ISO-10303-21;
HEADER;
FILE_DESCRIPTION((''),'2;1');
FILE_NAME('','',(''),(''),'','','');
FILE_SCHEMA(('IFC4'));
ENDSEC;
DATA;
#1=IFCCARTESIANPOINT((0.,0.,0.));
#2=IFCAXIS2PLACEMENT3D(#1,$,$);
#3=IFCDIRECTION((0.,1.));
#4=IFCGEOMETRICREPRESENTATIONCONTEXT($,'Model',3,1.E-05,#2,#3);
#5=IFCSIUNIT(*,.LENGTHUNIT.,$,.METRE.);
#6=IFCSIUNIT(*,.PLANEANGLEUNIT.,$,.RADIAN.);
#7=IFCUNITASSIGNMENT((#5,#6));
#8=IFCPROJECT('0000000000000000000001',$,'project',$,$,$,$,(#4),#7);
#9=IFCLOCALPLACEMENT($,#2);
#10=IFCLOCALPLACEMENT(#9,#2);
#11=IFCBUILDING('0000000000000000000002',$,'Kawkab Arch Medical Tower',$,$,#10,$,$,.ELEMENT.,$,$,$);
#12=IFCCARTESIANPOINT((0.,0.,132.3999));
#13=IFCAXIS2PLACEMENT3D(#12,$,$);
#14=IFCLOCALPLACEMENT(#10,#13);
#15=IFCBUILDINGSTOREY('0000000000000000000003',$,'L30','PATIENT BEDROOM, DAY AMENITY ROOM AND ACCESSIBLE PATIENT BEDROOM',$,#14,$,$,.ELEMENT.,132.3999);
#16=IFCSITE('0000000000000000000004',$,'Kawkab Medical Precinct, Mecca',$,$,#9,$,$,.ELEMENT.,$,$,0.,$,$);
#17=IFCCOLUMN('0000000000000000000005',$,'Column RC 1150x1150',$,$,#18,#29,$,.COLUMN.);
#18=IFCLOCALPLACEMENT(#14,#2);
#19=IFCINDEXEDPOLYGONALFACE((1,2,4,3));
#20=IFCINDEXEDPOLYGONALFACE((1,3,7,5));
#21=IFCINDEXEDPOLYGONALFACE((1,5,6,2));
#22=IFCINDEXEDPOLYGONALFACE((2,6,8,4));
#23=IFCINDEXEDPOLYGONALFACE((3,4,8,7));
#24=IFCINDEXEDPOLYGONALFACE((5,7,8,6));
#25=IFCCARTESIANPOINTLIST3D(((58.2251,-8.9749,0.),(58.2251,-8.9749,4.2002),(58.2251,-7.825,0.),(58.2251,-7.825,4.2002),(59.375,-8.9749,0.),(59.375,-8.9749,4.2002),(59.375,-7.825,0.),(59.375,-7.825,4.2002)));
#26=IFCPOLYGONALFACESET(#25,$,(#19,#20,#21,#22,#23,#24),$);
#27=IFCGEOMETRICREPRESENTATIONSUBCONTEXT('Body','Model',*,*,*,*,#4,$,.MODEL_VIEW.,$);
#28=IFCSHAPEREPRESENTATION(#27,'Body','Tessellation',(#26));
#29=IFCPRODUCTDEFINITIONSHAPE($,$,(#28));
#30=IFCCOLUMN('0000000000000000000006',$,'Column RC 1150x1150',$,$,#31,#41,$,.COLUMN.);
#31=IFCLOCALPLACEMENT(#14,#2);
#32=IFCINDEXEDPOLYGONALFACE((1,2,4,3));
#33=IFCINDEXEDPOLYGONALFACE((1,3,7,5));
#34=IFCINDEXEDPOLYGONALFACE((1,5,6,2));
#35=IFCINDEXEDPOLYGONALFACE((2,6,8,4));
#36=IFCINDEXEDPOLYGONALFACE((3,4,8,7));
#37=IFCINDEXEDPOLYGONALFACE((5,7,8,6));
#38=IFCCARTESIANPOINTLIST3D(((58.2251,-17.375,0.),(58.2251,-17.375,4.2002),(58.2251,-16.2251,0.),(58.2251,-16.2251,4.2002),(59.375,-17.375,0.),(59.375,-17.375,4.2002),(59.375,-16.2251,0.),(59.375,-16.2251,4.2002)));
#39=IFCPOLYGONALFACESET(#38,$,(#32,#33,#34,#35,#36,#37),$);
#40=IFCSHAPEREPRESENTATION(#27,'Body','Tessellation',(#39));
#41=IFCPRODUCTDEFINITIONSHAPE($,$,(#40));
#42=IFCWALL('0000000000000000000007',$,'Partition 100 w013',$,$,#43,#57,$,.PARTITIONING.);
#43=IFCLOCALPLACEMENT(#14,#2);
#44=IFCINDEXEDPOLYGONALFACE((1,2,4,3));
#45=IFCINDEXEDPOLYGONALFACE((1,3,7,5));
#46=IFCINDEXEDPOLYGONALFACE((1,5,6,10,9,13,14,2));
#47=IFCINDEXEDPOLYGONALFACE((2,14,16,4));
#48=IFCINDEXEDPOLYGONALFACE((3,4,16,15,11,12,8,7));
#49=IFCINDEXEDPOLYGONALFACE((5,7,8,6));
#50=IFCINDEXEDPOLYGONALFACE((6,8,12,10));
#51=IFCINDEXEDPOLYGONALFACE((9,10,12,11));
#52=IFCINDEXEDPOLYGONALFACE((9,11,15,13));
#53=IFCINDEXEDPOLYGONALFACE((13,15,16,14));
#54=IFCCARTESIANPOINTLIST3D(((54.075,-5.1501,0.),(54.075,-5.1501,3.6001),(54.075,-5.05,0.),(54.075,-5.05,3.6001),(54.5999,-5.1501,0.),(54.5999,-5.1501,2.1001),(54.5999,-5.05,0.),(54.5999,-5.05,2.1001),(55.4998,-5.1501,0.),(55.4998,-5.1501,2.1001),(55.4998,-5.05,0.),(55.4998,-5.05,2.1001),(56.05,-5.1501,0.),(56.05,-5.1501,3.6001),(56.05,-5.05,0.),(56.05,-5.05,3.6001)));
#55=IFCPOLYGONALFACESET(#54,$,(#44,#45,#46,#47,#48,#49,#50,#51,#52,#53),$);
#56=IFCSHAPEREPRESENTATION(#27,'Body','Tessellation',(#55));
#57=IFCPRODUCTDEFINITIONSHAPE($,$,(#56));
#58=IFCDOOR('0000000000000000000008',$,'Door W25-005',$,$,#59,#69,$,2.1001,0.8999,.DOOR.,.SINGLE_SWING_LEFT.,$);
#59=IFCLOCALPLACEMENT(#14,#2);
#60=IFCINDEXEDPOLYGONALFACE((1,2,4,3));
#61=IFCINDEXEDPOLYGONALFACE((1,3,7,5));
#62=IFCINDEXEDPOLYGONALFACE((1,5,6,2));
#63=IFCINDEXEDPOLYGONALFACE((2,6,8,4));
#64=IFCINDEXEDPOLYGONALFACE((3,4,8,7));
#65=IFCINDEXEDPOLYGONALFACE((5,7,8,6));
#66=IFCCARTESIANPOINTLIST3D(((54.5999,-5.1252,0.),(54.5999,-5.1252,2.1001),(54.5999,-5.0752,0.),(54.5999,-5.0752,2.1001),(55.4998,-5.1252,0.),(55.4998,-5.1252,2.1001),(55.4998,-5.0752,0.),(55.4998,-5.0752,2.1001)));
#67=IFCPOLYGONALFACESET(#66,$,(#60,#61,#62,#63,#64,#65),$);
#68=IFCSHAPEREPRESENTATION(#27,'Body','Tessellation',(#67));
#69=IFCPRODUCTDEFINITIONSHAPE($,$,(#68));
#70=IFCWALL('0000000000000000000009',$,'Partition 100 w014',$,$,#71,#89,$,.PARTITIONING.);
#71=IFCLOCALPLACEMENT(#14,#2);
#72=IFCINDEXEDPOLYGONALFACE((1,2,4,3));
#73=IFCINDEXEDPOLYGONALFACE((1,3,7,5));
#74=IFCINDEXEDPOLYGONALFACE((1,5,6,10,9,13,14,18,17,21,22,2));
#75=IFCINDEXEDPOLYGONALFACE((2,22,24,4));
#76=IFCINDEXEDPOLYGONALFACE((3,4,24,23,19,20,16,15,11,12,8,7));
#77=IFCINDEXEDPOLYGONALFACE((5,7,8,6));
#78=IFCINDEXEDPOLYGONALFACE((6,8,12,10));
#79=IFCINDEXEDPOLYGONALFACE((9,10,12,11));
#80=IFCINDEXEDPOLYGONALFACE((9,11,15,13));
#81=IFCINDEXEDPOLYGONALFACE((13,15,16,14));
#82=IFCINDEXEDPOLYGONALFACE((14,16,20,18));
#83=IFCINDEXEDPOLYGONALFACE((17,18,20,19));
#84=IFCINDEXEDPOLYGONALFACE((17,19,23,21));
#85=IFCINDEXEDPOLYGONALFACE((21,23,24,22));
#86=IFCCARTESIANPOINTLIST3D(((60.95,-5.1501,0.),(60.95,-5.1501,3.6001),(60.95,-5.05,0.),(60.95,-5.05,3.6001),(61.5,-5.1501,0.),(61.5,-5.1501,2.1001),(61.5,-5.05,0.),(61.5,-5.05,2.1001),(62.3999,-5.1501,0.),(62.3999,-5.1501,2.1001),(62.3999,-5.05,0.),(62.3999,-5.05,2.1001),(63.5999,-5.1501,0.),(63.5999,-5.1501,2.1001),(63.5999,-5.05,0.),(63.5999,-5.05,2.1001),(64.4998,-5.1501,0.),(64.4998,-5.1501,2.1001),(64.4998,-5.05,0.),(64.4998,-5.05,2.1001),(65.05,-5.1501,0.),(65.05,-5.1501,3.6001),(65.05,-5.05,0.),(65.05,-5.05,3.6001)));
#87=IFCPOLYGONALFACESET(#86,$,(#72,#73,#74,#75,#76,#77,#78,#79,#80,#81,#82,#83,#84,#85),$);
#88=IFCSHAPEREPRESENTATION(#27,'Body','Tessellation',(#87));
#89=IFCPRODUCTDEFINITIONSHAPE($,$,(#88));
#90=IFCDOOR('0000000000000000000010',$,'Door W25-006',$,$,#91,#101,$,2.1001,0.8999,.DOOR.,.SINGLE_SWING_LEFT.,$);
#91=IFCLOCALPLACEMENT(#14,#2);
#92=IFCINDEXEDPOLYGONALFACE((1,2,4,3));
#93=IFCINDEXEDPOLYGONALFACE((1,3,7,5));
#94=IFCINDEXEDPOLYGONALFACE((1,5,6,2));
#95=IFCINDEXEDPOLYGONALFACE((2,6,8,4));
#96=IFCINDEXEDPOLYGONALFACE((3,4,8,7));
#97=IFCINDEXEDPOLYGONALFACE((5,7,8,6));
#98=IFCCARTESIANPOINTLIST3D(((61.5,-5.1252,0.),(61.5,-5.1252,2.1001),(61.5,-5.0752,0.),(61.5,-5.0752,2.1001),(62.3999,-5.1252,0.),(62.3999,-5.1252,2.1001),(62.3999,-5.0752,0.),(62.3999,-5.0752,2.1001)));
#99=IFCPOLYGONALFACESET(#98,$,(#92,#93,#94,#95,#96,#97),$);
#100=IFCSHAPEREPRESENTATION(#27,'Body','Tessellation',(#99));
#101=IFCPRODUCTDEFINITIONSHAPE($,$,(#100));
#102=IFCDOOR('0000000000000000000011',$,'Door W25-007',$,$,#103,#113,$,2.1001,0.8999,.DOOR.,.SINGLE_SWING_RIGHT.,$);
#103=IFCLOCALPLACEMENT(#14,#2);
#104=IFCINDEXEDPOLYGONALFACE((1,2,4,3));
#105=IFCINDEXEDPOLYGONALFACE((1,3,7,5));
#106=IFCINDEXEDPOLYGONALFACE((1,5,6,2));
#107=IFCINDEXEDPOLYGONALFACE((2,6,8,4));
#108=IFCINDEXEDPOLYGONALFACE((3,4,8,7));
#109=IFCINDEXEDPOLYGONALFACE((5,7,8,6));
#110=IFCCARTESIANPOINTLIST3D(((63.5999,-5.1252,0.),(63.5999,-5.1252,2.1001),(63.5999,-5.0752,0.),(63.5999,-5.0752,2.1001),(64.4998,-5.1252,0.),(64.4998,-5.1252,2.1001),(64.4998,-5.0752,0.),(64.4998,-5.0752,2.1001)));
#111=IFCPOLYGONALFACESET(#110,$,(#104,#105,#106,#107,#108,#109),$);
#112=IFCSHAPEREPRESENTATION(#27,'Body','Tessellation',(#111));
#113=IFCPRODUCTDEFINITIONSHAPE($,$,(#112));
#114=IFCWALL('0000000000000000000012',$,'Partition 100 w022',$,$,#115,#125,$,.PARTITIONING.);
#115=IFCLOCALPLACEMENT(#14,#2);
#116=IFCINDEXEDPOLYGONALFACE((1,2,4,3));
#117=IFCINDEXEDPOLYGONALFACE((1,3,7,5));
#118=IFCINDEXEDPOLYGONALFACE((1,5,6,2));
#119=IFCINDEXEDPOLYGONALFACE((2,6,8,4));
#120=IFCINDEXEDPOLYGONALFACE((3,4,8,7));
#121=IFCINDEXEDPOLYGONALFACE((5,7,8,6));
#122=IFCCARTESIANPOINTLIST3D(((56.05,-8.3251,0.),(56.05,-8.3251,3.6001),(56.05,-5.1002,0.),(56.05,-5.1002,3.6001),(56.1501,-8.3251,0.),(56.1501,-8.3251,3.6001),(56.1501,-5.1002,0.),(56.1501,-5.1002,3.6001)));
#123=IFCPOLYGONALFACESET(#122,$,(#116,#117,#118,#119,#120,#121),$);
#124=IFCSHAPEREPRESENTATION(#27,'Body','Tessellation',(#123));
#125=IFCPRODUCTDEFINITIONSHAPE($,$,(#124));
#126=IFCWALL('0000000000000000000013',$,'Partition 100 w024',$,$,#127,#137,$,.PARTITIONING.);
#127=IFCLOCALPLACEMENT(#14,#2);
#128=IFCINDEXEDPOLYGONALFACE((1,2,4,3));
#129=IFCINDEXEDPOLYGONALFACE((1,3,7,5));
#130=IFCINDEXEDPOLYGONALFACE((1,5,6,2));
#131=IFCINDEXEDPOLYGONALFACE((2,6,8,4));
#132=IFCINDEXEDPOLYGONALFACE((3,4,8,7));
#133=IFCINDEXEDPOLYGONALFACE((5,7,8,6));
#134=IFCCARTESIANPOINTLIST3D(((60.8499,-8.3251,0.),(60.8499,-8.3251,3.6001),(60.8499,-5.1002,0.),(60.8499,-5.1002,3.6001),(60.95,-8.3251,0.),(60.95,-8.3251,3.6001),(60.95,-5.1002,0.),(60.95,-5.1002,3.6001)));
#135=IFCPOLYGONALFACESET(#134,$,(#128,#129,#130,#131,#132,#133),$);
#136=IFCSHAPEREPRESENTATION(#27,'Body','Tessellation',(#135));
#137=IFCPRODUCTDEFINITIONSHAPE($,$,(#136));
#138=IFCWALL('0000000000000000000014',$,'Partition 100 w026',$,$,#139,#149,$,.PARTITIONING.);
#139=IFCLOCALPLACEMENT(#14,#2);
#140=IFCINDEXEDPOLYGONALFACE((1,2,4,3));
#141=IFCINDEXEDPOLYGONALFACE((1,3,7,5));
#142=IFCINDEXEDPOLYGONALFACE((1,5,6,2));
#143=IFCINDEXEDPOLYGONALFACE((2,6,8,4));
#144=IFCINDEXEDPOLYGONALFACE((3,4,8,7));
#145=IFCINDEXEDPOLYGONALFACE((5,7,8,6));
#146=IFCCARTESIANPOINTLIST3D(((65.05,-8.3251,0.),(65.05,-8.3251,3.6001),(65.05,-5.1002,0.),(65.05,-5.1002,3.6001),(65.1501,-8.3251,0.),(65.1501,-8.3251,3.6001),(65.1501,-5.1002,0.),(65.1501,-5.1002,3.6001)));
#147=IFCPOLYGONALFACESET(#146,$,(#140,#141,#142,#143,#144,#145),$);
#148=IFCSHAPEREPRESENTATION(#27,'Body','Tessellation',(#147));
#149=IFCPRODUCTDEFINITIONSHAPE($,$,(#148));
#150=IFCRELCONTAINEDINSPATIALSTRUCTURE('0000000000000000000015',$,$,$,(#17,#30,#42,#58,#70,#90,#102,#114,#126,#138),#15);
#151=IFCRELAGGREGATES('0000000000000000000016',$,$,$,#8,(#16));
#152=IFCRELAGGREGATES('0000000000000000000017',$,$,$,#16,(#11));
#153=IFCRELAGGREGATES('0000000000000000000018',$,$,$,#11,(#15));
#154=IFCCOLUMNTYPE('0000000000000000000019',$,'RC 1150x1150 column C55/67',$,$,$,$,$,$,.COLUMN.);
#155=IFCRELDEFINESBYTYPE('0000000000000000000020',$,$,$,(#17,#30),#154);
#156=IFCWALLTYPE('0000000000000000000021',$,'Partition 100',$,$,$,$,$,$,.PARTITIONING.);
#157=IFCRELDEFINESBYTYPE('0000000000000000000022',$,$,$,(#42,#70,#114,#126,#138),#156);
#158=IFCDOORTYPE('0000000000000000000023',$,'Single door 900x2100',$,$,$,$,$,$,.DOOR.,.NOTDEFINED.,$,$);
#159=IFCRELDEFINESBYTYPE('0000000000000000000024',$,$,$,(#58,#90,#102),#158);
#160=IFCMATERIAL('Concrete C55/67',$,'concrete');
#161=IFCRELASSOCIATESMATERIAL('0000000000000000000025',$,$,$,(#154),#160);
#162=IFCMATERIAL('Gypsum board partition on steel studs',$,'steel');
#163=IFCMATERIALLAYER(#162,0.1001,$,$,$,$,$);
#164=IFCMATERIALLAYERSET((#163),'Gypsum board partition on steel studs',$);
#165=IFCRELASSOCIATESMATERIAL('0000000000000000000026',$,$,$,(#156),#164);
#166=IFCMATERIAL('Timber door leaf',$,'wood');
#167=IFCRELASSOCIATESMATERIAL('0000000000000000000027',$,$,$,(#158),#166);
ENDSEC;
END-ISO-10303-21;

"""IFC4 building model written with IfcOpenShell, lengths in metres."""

from ifc_helpers import new_model, si_unit, direction, frame, frame_2d, origin, origin_2d, place, context, subcontext, project, spatial, rectangle, extrude, material, layer, layer_set, material_profile, profile_set, type_object, element, fill, save


model = new_model("IFC4")

# Units and contexts
model_context = context("Model", 3, precision=1e-05, world=origin(), true_north=direction((0.0, 1.0)))
body_context = subcontext(model_context, "Body", "Model", "MODEL_VIEW")
ifc_project = project(units=[si_unit("LENGTHUNIT", "METRE"), si_unit("PLANEANGLEUNIT", "RADIAN")], contexts=[model_context])

# Site, building, storey
site_placement = place(None, origin())
site = spatial("IfcSite", under=ifc_project, at=site_placement, Name="Kawkab Medical Precinct, Mecca", CompositionType="ELEMENT", RefElevation=0.0)
building_placement = place(site_placement, origin())
building = spatial("IfcBuilding", under=site, at=building_placement, Name="Kawkab Arch Medical Tower", CompositionType="ELEMENT")
storey_placement = place(building_placement, frame((0.0, 0.0, 132.3999)))
storey = spatial("IfcBuildingStorey", under=building, at=storey_placement, Name="L30", Description="PATIENT BEDROOM, DAY AMENITY ROOM AND ACCESSIBLE PATIENT BEDROOM", CompositionType="ELEMENT", Elevation=132.3999)

# Columns
ifc_material_1 = material(Name="Concrete C55/67", Category="concrete")
ifc_material_profile = material_profile(ifc_material_1, rectangle(XDim=1.1499, YDim=1.1499, at=origin_2d()), Name="RC 1150x1150")
ifc_profile_set = profile_set([ifc_material_profile], Name="Concrete C55/67")
column_type = type_object("IfcColumnType", Name="RC 1150x1150 column C55/67", PredefinedType="COLUMN", material=ifc_profile_set)
for number, where, z_axis, x_axis, name in (
    (1, (58.8, -8.3999, 0.0), (0.0, 0.0, 1.0), (1.0, 0.0, 0.0), "Column RC 1150x1150"),
    (2, (58.8, -16.8, 0.0), (0.0, 0.0, 1.0), (1.0, 0.0, 0.0), "Column RC 1150x1150"),
):
    element("IfcColumn", number, at=place(storey_placement, frame(where, z_axis=z_axis, x_axis=x_axis)), inside=storey, type_object=column_type, Name=name, PredefinedType="COLUMN", context=body_context, shape_type="SweptSolid", body=[
        extrude(rectangle(XDim=1.1499, YDim=1.1499, at=origin_2d()), origin(), (0.0, 0.0, 1.0), 4.2002),
    ])

# Wall, opening, door
ifc_material_2 = material(Name="Gypsum board partition on steel studs", Category="steel")
ifc_layer_1 = layer(ifc_material_2, 0.1001)
ifc_layer_set_1 = layer_set([ifc_layer_1], Name="Gypsum board partition on steel studs")
wall_type_1 = type_object("IfcWallType", Name="Partition 100", PredefinedType="PARTITIONING", material=ifc_layer_set_1)
wall_1_placement = place(storey_placement, frame((54.075, -5.1001, 0.0), z_axis=(0.0, 0.0, 1.0), x_axis=(1.0, 0.0, 0.0)))
wall_1 = element("IfcWall", 3, at=wall_1_placement, inside=storey, type_object=wall_type_1, Name="Partition 100 w013", PredefinedType="PARTITIONING", context=body_context, shape_type="SweptSolid", body=[
    extrude(rectangle(XDim=1.9751, YDim=0.1001, at=frame_2d((0.9875, 0.0))), origin(), (0.0, 0.0, 1.0), 3.6001),
])
opening_1_placement = place(wall_1_placement, frame((0.5249, 0.0, 0.0)))
opening_1 = element("IfcOpeningElement", 4, at=opening_1_placement, cuts=wall_1, PredefinedType="OPENING", context=body_context, shape_type="SweptSolid", body=[
    extrude(rectangle(XDim=0.8999, YDim=2.1001, at=frame_2d((0.45, 1.05))), frame((0.0, 0.0601, 0.0), z_axis=(0.0, -1.0, 0.0), x_axis=(1.0, 0.0, 0.0)), (0.0, 0.0, 1.0), 0.1201),
])
ifc_material_3 = material(Name="Timber door leaf", Category="wood")
door_type_1 = type_object("IfcDoorType", Name="Single door 900x2100", OperationType="NOTDEFINED", PredefinedType="DOOR", material=ifc_material_3)
door_1_placement = place(opening_1_placement, origin())
door_1 = element("IfcDoor", 5, at=door_1_placement, inside=storey, type_object=door_type_1, Name="Door W25-005", OperationType="SINGLE_SWING_LEFT", OverallHeight=2.1001, OverallWidth=0.8999, PredefinedType="DOOR", context=body_context, shape_type="SweptSolid", body=[
    extrude(rectangle(XDim=0.8999, YDim=2.1001, at=frame_2d((0.45, 1.05))), frame((0.0, 0.0249, 0.0), z_axis=(0.0, -1.0, 0.0), x_axis=(1.0, 0.0, 0.0)), (0.0, 0.0, 1.0), 0.05),
])
fill(opening_1, door_1)

# Wall, openings, doors
wall_2_placement = place(storey_placement, frame((60.95, -5.1001, 0.0), z_axis=(0.0, 0.0, 1.0), x_axis=(1.0, 0.0, 0.0)))
wall_2 = element("IfcWall", 6, at=wall_2_placement, inside=storey, type_object=wall_type_1, Name="Partition 100 w014", PredefinedType="PARTITIONING", context=body_context, shape_type="SweptSolid", body=[
    extrude(rectangle(XDim=4.1001, YDim=0.1001, at=frame_2d((2.05, 0.0))), origin(), (0.0, 0.0, 1.0), 3.6001),
])
opening_2_placement = place(wall_2_placement, frame((0.55, 0.0, 0.0)))
opening_2 = element("IfcOpeningElement", 7, at=opening_2_placement, cuts=wall_2, PredefinedType="OPENING", context=body_context, shape_type="SweptSolid", body=[
    extrude(rectangle(XDim=0.8999, YDim=2.1001, at=frame_2d((0.45, 1.05))), frame((0.0, 0.0601, 0.0), z_axis=(0.0, -1.0, 0.0), x_axis=(1.0, 0.0, 0.0)), (0.0, 0.0, 1.0), 0.1201),
])
opening_3_placement = place(wall_2_placement, frame((2.6499, 0.0, 0.0)))
opening_3 = element("IfcOpeningElement", 8, at=opening_3_placement, cuts=wall_2, PredefinedType="OPENING", context=body_context, shape_type="SweptSolid", body=[
    extrude(rectangle(XDim=0.8999, YDim=2.1001, at=frame_2d((0.45, 1.05))), frame((0.0, 0.0601, 0.0), z_axis=(0.0, -1.0, 0.0), x_axis=(1.0, 0.0, 0.0)), (0.0, 0.0, 1.0), 0.1201),
])
door_2_placement = place(opening_2_placement, origin())
door_2 = element("IfcDoor", 9, at=door_2_placement, inside=storey, type_object=door_type_1, Name="Door W25-006", OperationType="SINGLE_SWING_LEFT", OverallHeight=2.1001, OverallWidth=0.8999, PredefinedType="DOOR", context=body_context, shape_type="SweptSolid", body=[
    extrude(rectangle(XDim=0.8999, YDim=2.1001, at=frame_2d((0.45, 1.05))), frame((0.0, 0.0249, 0.0), z_axis=(0.0, -1.0, 0.0), x_axis=(1.0, 0.0, 0.0)), (0.0, 0.0, 1.0), 0.05),
])
fill(opening_2, door_2)
door_3_placement = place(opening_3_placement, origin())
door_3 = element("IfcDoor", 10, at=door_3_placement, inside=storey, type_object=door_type_1, Name="Door W25-007", OperationType="SINGLE_SWING_RIGHT", OverallHeight=2.1001, OverallWidth=0.8999, PredefinedType="DOOR", context=body_context, shape_type="SweptSolid", body=[
    extrude(rectangle(XDim=0.8999, YDim=2.1001, at=frame_2d((0.45, 1.05))), frame((0.0, 0.0249, 0.0), z_axis=(0.0, -1.0, 0.0), x_axis=(1.0, 0.0, 0.0)), (0.0, 0.0, 1.0), 0.05),
])
fill(opening_3, door_3)

# Walls
for number, where, z_axis, x_axis, name in (
    (11, (56.1001, -8.325, 0.0), (0.0, 0.0, 1.0), (0.0, 1.0, 0.0), "Partition 100 w022"),
    (12, (60.8999, -8.325, 0.0), (0.0, 0.0, 1.0), (0.0, 1.0, 0.0), "Partition 100 w024"),
    (13, (65.1001, -8.325, 0.0), (0.0, 0.0, 1.0), (0.0, 1.0, 0.0), "Partition 100 w026"),
):
    element("IfcWall", number, at=place(storey_placement, frame(where, z_axis=z_axis, x_axis=x_axis)), inside=storey, type_object=wall_type_1, Name=name, PredefinedType="PARTITIONING", context=body_context, shape_type="SweptSolid", body=[
        extrude(rectangle(XDim=3.2249, YDim=0.1001, at=frame_2d((1.6123, 0.0))), origin(), (0.0, 0.0, 1.0), 3.6001),
    ])

save(model, "model.ifc")
